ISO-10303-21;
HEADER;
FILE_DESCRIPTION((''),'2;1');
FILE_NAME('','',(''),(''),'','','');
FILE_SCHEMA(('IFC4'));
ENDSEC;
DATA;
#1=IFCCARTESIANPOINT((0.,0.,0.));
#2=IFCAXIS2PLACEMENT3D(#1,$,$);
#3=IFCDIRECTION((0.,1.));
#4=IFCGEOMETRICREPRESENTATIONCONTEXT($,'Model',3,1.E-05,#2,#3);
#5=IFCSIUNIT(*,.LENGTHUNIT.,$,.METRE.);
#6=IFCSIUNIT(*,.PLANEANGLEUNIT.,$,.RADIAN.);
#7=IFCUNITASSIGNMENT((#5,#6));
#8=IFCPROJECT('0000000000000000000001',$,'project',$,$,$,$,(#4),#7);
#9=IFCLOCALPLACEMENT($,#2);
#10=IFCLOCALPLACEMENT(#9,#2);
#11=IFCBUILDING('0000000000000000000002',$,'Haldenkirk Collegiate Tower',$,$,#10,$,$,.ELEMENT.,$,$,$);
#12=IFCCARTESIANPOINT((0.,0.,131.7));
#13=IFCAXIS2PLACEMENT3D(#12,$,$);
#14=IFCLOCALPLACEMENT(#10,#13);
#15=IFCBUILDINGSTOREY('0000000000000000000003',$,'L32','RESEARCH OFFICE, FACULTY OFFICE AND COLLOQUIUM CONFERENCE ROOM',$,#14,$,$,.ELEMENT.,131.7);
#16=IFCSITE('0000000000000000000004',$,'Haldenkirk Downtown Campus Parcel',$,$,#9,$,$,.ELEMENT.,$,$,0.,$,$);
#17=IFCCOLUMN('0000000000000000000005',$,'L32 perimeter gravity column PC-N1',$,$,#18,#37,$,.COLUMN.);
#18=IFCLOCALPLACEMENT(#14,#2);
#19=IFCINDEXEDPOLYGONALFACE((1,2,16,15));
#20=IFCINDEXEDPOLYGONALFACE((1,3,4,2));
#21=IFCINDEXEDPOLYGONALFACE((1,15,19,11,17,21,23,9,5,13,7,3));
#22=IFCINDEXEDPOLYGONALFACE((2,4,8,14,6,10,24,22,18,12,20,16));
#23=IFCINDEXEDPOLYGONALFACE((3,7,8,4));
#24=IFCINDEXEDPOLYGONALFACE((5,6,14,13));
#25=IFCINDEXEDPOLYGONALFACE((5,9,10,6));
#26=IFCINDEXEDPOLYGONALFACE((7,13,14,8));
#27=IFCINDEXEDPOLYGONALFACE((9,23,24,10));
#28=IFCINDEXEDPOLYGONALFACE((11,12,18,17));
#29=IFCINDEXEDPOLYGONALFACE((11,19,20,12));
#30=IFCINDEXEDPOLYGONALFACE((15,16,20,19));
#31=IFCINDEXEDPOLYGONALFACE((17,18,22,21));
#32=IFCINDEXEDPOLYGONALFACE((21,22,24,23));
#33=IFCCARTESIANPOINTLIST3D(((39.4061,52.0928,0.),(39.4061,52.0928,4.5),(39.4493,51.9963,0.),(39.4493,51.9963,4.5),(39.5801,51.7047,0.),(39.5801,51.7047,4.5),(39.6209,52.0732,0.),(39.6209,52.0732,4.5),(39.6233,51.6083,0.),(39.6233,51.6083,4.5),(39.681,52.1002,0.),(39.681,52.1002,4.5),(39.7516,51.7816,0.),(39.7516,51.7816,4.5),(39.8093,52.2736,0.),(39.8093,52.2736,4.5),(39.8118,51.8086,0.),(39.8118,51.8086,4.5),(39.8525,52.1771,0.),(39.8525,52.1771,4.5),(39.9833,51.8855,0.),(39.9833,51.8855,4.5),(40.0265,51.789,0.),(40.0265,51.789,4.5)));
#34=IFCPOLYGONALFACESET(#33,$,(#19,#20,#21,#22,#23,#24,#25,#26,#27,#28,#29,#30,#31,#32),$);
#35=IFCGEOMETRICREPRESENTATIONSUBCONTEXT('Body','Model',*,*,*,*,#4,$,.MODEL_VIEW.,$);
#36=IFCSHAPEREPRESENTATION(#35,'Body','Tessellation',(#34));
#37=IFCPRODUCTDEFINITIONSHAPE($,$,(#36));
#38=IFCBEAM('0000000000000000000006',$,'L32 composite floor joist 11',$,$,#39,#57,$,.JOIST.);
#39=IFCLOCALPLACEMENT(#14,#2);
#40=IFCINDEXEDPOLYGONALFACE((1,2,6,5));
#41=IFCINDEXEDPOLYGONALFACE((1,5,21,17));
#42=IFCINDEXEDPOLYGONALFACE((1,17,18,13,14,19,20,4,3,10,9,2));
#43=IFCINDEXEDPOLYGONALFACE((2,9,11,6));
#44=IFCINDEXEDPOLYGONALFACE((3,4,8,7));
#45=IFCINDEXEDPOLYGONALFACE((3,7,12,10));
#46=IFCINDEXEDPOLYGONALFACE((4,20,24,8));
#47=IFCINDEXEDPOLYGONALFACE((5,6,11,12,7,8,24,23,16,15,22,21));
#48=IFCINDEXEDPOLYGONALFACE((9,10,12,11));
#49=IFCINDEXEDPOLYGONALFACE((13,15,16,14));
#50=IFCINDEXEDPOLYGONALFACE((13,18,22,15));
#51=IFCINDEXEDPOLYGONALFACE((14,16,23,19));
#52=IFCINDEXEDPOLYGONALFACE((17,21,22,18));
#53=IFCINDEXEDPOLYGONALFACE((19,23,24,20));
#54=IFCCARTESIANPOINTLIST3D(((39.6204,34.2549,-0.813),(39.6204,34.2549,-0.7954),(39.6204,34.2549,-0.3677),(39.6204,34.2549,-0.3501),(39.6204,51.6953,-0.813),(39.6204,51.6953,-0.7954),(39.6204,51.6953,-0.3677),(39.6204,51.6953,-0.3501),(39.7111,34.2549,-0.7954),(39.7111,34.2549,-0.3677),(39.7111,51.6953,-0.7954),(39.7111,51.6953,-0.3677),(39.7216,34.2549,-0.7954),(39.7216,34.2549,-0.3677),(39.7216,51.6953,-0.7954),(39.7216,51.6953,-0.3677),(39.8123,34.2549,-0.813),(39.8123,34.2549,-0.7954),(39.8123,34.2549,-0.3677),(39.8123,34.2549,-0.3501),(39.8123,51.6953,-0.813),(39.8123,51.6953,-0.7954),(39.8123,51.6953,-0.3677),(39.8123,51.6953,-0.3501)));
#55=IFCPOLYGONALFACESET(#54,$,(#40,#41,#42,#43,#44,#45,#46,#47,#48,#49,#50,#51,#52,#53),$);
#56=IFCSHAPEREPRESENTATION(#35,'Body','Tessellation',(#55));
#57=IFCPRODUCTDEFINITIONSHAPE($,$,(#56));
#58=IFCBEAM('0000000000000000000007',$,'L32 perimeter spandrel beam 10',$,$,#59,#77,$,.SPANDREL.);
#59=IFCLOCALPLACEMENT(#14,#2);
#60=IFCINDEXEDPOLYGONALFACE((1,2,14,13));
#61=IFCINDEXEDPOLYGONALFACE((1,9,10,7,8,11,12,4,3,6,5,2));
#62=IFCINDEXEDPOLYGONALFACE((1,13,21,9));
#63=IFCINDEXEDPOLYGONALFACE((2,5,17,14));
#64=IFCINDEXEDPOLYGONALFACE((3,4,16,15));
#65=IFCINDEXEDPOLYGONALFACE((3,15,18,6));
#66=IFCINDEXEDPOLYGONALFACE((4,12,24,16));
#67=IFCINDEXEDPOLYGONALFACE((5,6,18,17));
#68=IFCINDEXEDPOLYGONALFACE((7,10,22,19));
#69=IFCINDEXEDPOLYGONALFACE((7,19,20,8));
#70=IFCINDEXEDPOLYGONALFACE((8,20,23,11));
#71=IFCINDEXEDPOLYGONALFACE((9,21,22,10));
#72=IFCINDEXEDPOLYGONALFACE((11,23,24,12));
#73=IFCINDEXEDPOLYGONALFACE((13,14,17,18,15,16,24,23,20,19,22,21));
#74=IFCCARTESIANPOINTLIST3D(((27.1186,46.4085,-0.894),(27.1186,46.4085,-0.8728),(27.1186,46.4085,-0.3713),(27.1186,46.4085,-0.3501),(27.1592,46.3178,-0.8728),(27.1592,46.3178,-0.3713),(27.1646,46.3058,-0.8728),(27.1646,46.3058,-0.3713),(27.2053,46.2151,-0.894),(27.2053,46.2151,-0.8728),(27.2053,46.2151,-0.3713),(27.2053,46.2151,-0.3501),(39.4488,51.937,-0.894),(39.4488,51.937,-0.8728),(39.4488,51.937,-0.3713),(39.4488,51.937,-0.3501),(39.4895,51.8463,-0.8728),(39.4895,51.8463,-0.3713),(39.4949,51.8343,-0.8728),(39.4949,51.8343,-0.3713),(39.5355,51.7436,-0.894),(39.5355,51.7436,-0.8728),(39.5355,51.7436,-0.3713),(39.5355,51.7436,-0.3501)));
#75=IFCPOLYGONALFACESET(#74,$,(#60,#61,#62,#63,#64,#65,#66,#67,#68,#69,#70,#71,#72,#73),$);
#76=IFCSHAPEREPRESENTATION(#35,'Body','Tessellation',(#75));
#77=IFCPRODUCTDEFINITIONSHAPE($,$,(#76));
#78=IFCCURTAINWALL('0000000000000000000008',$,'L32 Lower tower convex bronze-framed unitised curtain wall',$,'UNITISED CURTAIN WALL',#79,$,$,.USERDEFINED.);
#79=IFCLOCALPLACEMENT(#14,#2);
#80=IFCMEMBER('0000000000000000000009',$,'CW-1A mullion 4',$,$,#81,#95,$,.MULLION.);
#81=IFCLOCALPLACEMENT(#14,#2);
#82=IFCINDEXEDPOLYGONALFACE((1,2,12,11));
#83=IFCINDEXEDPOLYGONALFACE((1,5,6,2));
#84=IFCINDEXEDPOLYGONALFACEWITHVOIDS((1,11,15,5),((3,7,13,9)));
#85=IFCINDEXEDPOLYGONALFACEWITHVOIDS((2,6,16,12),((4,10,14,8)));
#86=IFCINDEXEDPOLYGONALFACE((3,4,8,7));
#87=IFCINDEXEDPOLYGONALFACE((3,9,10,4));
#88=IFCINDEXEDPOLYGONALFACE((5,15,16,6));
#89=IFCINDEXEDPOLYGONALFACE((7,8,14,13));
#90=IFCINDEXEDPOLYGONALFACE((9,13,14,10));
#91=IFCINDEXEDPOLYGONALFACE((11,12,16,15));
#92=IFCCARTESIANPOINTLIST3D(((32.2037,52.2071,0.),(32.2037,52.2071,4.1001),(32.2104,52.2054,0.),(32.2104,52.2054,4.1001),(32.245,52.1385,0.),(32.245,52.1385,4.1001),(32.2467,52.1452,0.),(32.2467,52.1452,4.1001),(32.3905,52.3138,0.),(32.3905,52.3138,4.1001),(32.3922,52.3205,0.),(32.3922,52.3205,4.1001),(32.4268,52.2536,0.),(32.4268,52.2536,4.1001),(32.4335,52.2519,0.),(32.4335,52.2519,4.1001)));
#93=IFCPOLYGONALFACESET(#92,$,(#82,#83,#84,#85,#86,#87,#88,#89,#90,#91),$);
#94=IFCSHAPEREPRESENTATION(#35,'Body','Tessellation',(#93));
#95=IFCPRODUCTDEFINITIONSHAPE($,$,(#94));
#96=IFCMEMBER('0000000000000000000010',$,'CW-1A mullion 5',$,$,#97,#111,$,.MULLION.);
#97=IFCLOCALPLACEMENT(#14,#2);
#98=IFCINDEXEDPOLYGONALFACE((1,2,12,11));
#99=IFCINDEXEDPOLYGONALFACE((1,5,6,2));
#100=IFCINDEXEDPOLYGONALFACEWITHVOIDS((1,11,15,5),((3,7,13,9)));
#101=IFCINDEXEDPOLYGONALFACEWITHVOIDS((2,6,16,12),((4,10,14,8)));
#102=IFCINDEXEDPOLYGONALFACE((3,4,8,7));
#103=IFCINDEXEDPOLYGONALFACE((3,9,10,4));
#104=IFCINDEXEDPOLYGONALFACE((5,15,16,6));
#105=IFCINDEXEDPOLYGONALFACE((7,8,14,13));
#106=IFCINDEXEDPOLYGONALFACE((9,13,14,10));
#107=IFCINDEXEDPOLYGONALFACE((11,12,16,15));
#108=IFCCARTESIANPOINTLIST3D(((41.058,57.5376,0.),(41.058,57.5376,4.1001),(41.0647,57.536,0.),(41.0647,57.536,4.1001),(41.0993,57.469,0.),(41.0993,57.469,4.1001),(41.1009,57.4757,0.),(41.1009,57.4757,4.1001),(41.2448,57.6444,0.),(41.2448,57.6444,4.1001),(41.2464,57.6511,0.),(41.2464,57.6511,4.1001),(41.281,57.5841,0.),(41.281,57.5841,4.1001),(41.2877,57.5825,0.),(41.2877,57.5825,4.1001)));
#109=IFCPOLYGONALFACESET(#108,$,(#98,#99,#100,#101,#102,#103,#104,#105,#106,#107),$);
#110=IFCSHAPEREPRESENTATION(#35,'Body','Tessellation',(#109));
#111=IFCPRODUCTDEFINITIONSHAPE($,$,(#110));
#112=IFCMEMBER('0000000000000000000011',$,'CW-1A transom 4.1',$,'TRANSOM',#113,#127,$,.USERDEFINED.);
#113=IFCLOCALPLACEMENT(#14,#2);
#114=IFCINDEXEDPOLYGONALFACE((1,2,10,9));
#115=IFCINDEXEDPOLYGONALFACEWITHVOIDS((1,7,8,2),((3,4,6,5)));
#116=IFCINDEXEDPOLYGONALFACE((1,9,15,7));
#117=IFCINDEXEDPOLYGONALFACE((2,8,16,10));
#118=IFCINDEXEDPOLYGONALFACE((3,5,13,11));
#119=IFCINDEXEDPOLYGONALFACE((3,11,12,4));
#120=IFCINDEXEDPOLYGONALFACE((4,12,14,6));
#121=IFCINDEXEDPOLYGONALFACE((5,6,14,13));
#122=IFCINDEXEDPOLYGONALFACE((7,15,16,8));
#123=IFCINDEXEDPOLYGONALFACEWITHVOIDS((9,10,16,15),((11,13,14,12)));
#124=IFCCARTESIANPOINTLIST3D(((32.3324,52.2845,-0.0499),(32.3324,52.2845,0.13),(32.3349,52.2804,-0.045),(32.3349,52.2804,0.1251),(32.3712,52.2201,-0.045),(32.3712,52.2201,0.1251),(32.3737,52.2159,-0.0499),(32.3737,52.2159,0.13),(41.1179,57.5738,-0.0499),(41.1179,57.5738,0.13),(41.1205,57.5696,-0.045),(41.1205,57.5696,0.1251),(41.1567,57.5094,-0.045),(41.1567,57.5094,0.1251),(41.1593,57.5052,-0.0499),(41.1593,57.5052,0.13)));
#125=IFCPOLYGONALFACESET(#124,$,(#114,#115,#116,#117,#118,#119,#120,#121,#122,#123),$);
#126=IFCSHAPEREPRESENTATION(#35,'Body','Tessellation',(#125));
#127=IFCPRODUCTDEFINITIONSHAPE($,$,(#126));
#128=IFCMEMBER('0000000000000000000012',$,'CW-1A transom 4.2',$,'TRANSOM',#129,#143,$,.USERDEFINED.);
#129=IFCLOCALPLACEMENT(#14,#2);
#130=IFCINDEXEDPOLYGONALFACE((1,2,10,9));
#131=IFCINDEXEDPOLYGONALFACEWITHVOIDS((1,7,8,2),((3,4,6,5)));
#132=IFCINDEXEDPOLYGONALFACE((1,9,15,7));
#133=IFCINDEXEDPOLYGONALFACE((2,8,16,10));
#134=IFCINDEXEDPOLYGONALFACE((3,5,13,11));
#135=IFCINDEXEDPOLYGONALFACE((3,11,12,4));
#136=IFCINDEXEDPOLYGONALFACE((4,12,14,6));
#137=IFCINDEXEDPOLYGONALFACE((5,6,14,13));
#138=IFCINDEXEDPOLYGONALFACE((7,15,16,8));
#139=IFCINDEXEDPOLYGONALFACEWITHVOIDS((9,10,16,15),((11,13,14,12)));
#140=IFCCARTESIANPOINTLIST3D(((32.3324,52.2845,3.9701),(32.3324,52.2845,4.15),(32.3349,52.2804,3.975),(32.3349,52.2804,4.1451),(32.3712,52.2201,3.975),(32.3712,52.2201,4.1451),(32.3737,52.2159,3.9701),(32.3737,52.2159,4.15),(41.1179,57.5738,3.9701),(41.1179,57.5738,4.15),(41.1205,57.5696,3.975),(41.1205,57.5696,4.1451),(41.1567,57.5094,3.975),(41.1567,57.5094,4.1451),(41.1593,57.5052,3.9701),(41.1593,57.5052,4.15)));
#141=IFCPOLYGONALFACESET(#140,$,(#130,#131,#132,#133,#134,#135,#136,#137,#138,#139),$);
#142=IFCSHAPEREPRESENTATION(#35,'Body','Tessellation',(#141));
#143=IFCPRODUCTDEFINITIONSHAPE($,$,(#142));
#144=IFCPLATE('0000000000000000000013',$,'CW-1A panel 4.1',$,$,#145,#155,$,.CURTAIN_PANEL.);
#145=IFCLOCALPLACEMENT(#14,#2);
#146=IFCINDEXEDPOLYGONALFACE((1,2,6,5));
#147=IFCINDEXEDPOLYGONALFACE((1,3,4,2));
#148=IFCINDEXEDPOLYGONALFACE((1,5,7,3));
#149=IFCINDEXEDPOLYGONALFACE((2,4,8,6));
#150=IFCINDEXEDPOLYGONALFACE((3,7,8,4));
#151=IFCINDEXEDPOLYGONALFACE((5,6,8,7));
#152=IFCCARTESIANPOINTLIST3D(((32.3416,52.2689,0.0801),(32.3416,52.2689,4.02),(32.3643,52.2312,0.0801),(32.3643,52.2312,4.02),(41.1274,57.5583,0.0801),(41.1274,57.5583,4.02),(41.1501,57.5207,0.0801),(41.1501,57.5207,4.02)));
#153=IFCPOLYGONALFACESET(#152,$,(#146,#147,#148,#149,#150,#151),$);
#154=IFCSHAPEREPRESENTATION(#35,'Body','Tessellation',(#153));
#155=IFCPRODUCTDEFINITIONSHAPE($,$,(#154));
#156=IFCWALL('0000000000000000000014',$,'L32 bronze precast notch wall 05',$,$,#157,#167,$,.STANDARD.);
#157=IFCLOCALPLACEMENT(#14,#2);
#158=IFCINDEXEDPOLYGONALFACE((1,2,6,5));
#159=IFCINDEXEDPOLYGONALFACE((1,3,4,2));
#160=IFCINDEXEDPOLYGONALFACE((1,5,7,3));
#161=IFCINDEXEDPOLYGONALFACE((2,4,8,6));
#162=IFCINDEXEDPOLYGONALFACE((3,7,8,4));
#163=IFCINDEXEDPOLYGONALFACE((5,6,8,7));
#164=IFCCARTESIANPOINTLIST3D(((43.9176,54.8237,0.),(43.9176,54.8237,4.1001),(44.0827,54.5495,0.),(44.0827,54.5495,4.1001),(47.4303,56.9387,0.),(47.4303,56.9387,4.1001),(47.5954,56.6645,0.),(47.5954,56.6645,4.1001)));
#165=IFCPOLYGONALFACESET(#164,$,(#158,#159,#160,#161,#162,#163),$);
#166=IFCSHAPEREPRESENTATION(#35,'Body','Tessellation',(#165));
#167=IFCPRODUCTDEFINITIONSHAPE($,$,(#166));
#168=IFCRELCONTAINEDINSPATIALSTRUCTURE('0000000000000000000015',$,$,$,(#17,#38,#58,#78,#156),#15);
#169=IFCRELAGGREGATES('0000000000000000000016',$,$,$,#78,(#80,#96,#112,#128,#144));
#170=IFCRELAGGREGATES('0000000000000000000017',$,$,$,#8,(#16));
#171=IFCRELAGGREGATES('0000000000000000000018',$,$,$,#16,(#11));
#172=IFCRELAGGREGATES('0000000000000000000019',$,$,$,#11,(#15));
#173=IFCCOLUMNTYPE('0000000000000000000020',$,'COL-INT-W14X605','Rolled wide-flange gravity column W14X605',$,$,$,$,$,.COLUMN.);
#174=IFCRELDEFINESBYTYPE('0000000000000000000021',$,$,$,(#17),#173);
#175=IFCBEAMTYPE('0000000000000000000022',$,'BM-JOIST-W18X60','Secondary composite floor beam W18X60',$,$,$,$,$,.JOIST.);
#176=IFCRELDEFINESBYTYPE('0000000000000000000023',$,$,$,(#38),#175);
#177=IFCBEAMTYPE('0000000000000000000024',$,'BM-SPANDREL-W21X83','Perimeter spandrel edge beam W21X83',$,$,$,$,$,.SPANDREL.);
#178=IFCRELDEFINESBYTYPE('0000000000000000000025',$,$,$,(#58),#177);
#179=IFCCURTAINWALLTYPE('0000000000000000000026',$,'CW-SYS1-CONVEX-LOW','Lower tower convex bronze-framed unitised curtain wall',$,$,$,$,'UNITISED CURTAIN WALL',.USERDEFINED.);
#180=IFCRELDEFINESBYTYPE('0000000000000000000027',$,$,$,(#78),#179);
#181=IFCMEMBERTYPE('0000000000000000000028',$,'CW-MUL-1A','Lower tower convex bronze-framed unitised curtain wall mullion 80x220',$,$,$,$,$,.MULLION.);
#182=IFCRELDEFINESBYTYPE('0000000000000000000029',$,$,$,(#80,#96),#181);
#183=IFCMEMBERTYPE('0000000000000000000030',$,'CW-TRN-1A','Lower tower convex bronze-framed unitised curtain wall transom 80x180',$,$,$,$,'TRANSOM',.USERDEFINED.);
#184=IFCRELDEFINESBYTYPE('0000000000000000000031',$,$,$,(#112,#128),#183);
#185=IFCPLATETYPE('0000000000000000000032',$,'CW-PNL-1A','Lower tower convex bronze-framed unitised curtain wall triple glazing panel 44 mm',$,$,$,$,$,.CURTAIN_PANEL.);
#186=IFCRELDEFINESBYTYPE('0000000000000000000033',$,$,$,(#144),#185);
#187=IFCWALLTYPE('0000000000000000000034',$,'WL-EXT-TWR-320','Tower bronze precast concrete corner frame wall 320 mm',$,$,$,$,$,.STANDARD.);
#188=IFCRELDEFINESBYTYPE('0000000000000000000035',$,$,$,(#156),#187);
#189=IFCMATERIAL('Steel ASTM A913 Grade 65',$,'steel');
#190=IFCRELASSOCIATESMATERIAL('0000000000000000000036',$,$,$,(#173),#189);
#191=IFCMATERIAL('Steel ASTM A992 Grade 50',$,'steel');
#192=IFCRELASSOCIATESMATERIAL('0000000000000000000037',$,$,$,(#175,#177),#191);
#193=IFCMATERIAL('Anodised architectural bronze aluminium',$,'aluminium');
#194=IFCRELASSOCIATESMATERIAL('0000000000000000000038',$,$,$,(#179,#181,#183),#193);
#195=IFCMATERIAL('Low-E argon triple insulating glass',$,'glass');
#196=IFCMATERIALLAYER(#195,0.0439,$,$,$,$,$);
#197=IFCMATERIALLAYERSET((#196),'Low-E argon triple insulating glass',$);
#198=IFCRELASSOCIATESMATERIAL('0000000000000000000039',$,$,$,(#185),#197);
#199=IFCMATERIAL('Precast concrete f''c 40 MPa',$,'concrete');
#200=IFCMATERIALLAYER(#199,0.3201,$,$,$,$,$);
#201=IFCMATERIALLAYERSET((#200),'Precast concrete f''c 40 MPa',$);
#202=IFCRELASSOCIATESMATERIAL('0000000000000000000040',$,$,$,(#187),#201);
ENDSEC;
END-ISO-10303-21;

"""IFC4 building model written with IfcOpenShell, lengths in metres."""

from ifc_helpers import new_model, si_unit, direction, frame, frame_2d, origin, origin_2d, place, context, subcontext, project, spatial, rectangle, hollow_rectangle, i_section, extrude, source, transform, mapped, material, layer, layer_set, material_profile, profile_set, type_object, element, aggregate, save


model = new_model("IFC4")

# Units and contexts
model_context = context("Model", 3, precision=1e-05, world=origin(), true_north=direction((0.0, 1.0)))
body_context = subcontext(model_context, "Body", "Model", "MODEL_VIEW")
ifc_project = project(units=[si_unit("LENGTHUNIT", "METRE"), si_unit("PLANEANGLEUNIT", "RADIAN")], contexts=[model_context])

# Site, building, storey
site_placement = place(None, origin())
site = spatial("IfcSite", under=ifc_project, at=site_placement, Name="Haldenkirk Downtown Campus Parcel", CompositionType="ELEMENT", RefElevation=0.0)
building_placement = place(site_placement, origin())
building = spatial("IfcBuilding", under=site, at=building_placement, Name="Haldenkirk Collegiate Tower", CompositionType="ELEMENT")
storey_placement = place(building_placement, frame((0.0, 0.0, 131.7)))
storey = spatial("IfcBuildingStorey", under=building, at=storey_placement, Name="L32", Description="RESEARCH OFFICE, FACULTY OFFICE AND COLLOQUIUM CONFERENCE ROOM", CompositionType="ELEMENT", Elevation=131.7)

# Column
ifc_material_1 = material(Name="Steel ASTM A913 Grade 65", Category="steel")
ifc_material_profile_1 = material_profile(ifc_material_1, i_section(OverallWidth=0.4419, OverallDepth=0.531, WebThickness=0.0659, FlangeThickness=0.1057, at=origin_2d()), Name="W14X605")
ifc_profile_set_1 = profile_set([ifc_material_profile_1], Name="Steel ASTM A913 Grade 65")
column_type = type_object("IfcColumnType", Name="COL-INT-W14X605", Description="Rolled wide-flange gravity column W14X605", PredefinedType="COLUMN", material=ifc_profile_set_1)
column_placement = place(storey_placement, frame((39.7163, 51.9409, 0.0), z_axis=(0.0, 0.0, 1.0), x_axis=(0.912477, 0.409127, 0.0)))
element("IfcColumn", 1, at=column_placement, inside=storey, type_object=column_type, Name="L32 perimeter gravity column PC-N1", PredefinedType="COLUMN", context=body_context, shape_type="SweptSolid", body=[
    extrude(i_section(OverallWidth=0.4419, OverallDepth=0.531, WebThickness=0.0659, FlangeThickness=0.1057, at=origin_2d()), origin(), (0.0, 0.0, 1.0), 4.5),
])

# Beams
ifc_material_2 = material(Name="Steel ASTM A992 Grade 50", Category="steel")
ifc_material_profile_2 = material_profile(ifc_material_2, i_section(OverallWidth=0.1919, OverallDepth=0.4629, WebThickness=0.0105, FlangeThickness=0.0176, at=origin_2d()), Name="W18X60")
ifc_profile_set_2 = profile_set([ifc_material_profile_2], Name="Steel ASTM A992 Grade 50")
beam_type_1 = type_object("IfcBeamType", Name="BM-JOIST-W18X60", Description="Secondary composite floor beam W18X60", PredefinedType="JOIST", material=ifc_profile_set_2)
beam_1_placement = place(storey_placement, frame((39.7163, 51.6953, -0.5815), z_axis=(0.0, -1.0, 0.0), x_axis=(1.0, 0.0, 0.0)))
element("IfcBeam", 2, at=beam_1_placement, inside=storey, type_object=beam_type_1, Name="L32 composite floor joist 11", PredefinedType="JOIST", context=body_context, shape_type="SweptSolid", body=[
    extrude(i_section(OverallWidth=0.1919, OverallDepth=0.4629, WebThickness=0.0105, FlangeThickness=0.0176, at=origin_2d()), origin(), (0.0, 0.0, 1.0), 17.4404),
])
ifc_material_profile_3 = material_profile(ifc_material_2, i_section(OverallWidth=0.2119, OverallDepth=0.5439, WebThickness=0.0132, FlangeThickness=0.0212, at=origin_2d()), Name="W21X83")
ifc_profile_set_3 = profile_set([ifc_material_profile_3], Name="Steel ASTM A992 Grade 50")
beam_type_2 = type_object("IfcBeamType", Name="BM-SPANDREL-W21X83", Description="Perimeter spandrel edge beam W21X83", PredefinedType="SPANDREL", material=ifc_profile_set_3)
beam_2_placement = place(storey_placement, frame((39.4922, 51.8403, -0.6221), z_axis=(-0.912477, -0.409129, 0.0), x_axis=(0.409129, -0.912477, 0.0)))
element("IfcBeam", 3, at=beam_2_placement, inside=storey, type_object=beam_type_2, Name="L32 perimeter spandrel beam 10", PredefinedType="SPANDREL", context=body_context, shape_type="SweptSolid", body=[
    extrude(i_section(OverallWidth=0.2119, OverallDepth=0.5439, WebThickness=0.0132, FlangeThickness=0.0212, at=origin_2d()), origin(), (0.0, 0.0, 1.0), 13.5129),
])

# Curtain wall, members, plate
ifc_material_3 = material(Name="Anodised architectural bronze aluminium", Category="aluminium")
curtain_wall_type = type_object("IfcCurtainWallType", Name="CW-SYS1-CONVEX-LOW", Description="Lower tower convex bronze-framed unitised curtain wall", ElementType="UNITISED CURTAIN WALL", PredefinedType="USERDEFINED", material=ifc_material_3)
curtain_wall_placement = place(storey_placement, origin())
curtain_wall = element("IfcCurtainWall", 4, at=curtain_wall_placement, inside=storey, type_object=curtain_wall_type, Name="L32 Lower tower convex bronze-framed unitised curtain wall", ObjectType="UNITISED CURTAIN WALL", PredefinedType="USERDEFINED")
ifc_material_profile_4 = material_profile(ifc_material_3, hollow_rectangle(XDim=0.0801, YDim=0.22, WallThickness=0.0049, at=origin_2d()), Name="CW-MUL-1A")
ifc_profile_set_4 = profile_set([ifc_material_profile_4], Name="Anodised architectural bronze aluminium")
member_type_1 = type_object("IfcMemberType", Name="CW-MUL-1A", Description="Lower tower convex bronze-framed unitised curtain wall mullion 80x220", PredefinedType="MULLION", material=ifc_profile_set_4)
member_1_placement = place(storey_placement, frame((32.3186, 52.2295, 0.0), z_axis=(0.0, 0.0, 1.0), x_axis=(-0.515784, 0.856718, 0.0)))
member_1 = element("IfcMember", 5, at=member_1_placement, type_object=member_type_1, Name="CW-1A mullion 4", PredefinedType="MULLION", context=body_context, shape_type="SweptSolid", body=[
    extrude(hollow_rectangle(XDim=0.0801, YDim=0.22, WallThickness=0.0049, at=origin_2d()), origin(), (0.0, 0.0, 1.0), 4.1001),
])
member_2_placement = place(storey_placement, frame((41.1729, 57.5601, 0.0), z_axis=(0.0, 0.0, 1.0), x_axis=(-0.515784, 0.856718, 0.0)))
member_2 = element("IfcMember", 6, at=member_2_placement, type_object=member_type_1, Name="CW-1A mullion 5", PredefinedType="MULLION", context=body_context, shape_type="SweptSolid", body=[
    extrude(hollow_rectangle(XDim=0.0801, YDim=0.22, WallThickness=0.0049, at=origin_2d()), origin(), (0.0, 0.0, 1.0), 4.1001),
])
ifc_material_profile_5 = material_profile(ifc_material_3, hollow_rectangle(XDim=0.0801, YDim=0.1799, WallThickness=0.0049, at=origin_2d()), Name="CW-TRN-1A")
ifc_profile_set_5 = profile_set([ifc_material_profile_5], Name="Anodised architectural bronze aluminium")
member_type_2 = type_object("IfcMemberType", Name="CW-TRN-1A", Description="Lower tower convex bronze-framed unitised curtain wall transom 80x180", ElementType="TRANSOM", PredefinedType="USERDEFINED", material=ifc_profile_set_5)
member_3_placement = place(storey_placement, frame((32.353, 52.2502, 0.04), z_axis=(0.856721, 0.51578, 0.0), x_axis=(-0.51578, 0.856721, 0.0)))
member_3 = element("IfcMember", 7, at=member_3_placement, type_object=member_type_2, Name="CW-1A transom 4.1", ObjectType="TRANSOM", PredefinedType="USERDEFINED", context=body_context, shape_type="SweptSolid", body=[
    extrude(hollow_rectangle(XDim=0.0801, YDim=0.1799, WallThickness=0.0049, at=origin_2d()), origin(), (0.0, 0.0, 1.0), 10.2549),
])
member_4_placement = place(storey_placement, frame((32.353, 52.2502, 4.0601), z_axis=(0.856721, 0.51578, 0.0), x_axis=(-0.51578, 0.856721, 0.0)))
member_4 = element("IfcMember", 8, at=member_4_placement, type_object=member_type_2, Name="CW-1A transom 4.2", ObjectType="TRANSOM", PredefinedType="USERDEFINED", context=body_context, shape_type="SweptSolid", body=[
    extrude(hollow_rectangle(XDim=0.0801, YDim=0.1799, WallThickness=0.0049, at=origin_2d()), origin(), (0.0, 0.0, 1.0), 10.2549),
])
ifc_material_4 = material(Name="Low-E argon triple insulating glass", Category="glass")
ifc_layer_1 = layer(ifc_material_4, 0.0439)
ifc_layer_set_1 = layer_set([ifc_layer_1], Name="Low-E argon triple insulating glass")
plate_type = type_object("IfcPlateType", Name="CW-PNL-1A", Description="Lower tower convex bronze-framed unitised curtain wall triple glazing panel 44 mm", PredefinedType="CURTAIN_PANEL", material=ifc_layer_set_1)
shared_shape_1 = source(origin(), body_context, "Body", "SweptSolid", [
    extrude(rectangle(XDim=10.2551, YDim=0.0439, at=origin_2d()), origin(), (0.0, 0.0, 1.0), 3.9399),
])
plate_placement = place(storey_placement, frame((36.7458, 54.8948, 0.0801), z_axis=(0.0, 0.0, 1.0), x_axis=(0.856718, 0.515784, 0.0)))
plate = element("IfcPlate", 9, at=plate_placement, type_object=plate_type, Name="CW-1A panel 4.1", PredefinedType="CURTAIN_PANEL", context=body_context, shape_type="MappedRepresentation", body=[
    mapped(shared_shape_1, transform((0.0, 0.0, 0.0), x_axis=(1.0, 0.0, 0.0), y_axis=(0.0, 1.0, 0.0), z_axis=(0.0, 0.0, 1.0), scale=1.0)),
])
aggregate(curtain_wall, [member_1, member_2, member_3, member_4, plate])

# Wall
ifc_material_5 = material(Name="Precast concrete f'c 40 MPa", Category="concrete")
ifc_layer_2 = layer(ifc_material_5, 0.3201)
ifc_layer_set_2 = layer_set([ifc_layer_2], Name="Precast concrete f'c 40 MPa")
wall_type_1 = type_object("IfcWallType", Name="WL-EXT-TWR-320", Description="Tower bronze precast concrete corner frame wall 320 mm", PredefinedType="STANDARD", material=ifc_layer_set_2)
wall_1_placement = place(storey_placement, frame((44.0, 54.6865, 0.0), z_axis=(0.0, 0.0, 1.0), x_axis=(0.856699, 0.515817, 0.0)))
element("IfcWall", 10, at=wall_1_placement, inside=storey, type_object=wall_type_1, Name="L32 bronze precast notch wall 05", PredefinedType="STANDARD", context=body_context, shape_type="SweptSolid", body=[
    extrude(rectangle(XDim=4.1003, YDim=0.3201, at=frame_2d((2.0503, 0.0))), origin(), (0.0, 0.0, 1.0), 4.1001),
])

save(model, "model.ifc")
